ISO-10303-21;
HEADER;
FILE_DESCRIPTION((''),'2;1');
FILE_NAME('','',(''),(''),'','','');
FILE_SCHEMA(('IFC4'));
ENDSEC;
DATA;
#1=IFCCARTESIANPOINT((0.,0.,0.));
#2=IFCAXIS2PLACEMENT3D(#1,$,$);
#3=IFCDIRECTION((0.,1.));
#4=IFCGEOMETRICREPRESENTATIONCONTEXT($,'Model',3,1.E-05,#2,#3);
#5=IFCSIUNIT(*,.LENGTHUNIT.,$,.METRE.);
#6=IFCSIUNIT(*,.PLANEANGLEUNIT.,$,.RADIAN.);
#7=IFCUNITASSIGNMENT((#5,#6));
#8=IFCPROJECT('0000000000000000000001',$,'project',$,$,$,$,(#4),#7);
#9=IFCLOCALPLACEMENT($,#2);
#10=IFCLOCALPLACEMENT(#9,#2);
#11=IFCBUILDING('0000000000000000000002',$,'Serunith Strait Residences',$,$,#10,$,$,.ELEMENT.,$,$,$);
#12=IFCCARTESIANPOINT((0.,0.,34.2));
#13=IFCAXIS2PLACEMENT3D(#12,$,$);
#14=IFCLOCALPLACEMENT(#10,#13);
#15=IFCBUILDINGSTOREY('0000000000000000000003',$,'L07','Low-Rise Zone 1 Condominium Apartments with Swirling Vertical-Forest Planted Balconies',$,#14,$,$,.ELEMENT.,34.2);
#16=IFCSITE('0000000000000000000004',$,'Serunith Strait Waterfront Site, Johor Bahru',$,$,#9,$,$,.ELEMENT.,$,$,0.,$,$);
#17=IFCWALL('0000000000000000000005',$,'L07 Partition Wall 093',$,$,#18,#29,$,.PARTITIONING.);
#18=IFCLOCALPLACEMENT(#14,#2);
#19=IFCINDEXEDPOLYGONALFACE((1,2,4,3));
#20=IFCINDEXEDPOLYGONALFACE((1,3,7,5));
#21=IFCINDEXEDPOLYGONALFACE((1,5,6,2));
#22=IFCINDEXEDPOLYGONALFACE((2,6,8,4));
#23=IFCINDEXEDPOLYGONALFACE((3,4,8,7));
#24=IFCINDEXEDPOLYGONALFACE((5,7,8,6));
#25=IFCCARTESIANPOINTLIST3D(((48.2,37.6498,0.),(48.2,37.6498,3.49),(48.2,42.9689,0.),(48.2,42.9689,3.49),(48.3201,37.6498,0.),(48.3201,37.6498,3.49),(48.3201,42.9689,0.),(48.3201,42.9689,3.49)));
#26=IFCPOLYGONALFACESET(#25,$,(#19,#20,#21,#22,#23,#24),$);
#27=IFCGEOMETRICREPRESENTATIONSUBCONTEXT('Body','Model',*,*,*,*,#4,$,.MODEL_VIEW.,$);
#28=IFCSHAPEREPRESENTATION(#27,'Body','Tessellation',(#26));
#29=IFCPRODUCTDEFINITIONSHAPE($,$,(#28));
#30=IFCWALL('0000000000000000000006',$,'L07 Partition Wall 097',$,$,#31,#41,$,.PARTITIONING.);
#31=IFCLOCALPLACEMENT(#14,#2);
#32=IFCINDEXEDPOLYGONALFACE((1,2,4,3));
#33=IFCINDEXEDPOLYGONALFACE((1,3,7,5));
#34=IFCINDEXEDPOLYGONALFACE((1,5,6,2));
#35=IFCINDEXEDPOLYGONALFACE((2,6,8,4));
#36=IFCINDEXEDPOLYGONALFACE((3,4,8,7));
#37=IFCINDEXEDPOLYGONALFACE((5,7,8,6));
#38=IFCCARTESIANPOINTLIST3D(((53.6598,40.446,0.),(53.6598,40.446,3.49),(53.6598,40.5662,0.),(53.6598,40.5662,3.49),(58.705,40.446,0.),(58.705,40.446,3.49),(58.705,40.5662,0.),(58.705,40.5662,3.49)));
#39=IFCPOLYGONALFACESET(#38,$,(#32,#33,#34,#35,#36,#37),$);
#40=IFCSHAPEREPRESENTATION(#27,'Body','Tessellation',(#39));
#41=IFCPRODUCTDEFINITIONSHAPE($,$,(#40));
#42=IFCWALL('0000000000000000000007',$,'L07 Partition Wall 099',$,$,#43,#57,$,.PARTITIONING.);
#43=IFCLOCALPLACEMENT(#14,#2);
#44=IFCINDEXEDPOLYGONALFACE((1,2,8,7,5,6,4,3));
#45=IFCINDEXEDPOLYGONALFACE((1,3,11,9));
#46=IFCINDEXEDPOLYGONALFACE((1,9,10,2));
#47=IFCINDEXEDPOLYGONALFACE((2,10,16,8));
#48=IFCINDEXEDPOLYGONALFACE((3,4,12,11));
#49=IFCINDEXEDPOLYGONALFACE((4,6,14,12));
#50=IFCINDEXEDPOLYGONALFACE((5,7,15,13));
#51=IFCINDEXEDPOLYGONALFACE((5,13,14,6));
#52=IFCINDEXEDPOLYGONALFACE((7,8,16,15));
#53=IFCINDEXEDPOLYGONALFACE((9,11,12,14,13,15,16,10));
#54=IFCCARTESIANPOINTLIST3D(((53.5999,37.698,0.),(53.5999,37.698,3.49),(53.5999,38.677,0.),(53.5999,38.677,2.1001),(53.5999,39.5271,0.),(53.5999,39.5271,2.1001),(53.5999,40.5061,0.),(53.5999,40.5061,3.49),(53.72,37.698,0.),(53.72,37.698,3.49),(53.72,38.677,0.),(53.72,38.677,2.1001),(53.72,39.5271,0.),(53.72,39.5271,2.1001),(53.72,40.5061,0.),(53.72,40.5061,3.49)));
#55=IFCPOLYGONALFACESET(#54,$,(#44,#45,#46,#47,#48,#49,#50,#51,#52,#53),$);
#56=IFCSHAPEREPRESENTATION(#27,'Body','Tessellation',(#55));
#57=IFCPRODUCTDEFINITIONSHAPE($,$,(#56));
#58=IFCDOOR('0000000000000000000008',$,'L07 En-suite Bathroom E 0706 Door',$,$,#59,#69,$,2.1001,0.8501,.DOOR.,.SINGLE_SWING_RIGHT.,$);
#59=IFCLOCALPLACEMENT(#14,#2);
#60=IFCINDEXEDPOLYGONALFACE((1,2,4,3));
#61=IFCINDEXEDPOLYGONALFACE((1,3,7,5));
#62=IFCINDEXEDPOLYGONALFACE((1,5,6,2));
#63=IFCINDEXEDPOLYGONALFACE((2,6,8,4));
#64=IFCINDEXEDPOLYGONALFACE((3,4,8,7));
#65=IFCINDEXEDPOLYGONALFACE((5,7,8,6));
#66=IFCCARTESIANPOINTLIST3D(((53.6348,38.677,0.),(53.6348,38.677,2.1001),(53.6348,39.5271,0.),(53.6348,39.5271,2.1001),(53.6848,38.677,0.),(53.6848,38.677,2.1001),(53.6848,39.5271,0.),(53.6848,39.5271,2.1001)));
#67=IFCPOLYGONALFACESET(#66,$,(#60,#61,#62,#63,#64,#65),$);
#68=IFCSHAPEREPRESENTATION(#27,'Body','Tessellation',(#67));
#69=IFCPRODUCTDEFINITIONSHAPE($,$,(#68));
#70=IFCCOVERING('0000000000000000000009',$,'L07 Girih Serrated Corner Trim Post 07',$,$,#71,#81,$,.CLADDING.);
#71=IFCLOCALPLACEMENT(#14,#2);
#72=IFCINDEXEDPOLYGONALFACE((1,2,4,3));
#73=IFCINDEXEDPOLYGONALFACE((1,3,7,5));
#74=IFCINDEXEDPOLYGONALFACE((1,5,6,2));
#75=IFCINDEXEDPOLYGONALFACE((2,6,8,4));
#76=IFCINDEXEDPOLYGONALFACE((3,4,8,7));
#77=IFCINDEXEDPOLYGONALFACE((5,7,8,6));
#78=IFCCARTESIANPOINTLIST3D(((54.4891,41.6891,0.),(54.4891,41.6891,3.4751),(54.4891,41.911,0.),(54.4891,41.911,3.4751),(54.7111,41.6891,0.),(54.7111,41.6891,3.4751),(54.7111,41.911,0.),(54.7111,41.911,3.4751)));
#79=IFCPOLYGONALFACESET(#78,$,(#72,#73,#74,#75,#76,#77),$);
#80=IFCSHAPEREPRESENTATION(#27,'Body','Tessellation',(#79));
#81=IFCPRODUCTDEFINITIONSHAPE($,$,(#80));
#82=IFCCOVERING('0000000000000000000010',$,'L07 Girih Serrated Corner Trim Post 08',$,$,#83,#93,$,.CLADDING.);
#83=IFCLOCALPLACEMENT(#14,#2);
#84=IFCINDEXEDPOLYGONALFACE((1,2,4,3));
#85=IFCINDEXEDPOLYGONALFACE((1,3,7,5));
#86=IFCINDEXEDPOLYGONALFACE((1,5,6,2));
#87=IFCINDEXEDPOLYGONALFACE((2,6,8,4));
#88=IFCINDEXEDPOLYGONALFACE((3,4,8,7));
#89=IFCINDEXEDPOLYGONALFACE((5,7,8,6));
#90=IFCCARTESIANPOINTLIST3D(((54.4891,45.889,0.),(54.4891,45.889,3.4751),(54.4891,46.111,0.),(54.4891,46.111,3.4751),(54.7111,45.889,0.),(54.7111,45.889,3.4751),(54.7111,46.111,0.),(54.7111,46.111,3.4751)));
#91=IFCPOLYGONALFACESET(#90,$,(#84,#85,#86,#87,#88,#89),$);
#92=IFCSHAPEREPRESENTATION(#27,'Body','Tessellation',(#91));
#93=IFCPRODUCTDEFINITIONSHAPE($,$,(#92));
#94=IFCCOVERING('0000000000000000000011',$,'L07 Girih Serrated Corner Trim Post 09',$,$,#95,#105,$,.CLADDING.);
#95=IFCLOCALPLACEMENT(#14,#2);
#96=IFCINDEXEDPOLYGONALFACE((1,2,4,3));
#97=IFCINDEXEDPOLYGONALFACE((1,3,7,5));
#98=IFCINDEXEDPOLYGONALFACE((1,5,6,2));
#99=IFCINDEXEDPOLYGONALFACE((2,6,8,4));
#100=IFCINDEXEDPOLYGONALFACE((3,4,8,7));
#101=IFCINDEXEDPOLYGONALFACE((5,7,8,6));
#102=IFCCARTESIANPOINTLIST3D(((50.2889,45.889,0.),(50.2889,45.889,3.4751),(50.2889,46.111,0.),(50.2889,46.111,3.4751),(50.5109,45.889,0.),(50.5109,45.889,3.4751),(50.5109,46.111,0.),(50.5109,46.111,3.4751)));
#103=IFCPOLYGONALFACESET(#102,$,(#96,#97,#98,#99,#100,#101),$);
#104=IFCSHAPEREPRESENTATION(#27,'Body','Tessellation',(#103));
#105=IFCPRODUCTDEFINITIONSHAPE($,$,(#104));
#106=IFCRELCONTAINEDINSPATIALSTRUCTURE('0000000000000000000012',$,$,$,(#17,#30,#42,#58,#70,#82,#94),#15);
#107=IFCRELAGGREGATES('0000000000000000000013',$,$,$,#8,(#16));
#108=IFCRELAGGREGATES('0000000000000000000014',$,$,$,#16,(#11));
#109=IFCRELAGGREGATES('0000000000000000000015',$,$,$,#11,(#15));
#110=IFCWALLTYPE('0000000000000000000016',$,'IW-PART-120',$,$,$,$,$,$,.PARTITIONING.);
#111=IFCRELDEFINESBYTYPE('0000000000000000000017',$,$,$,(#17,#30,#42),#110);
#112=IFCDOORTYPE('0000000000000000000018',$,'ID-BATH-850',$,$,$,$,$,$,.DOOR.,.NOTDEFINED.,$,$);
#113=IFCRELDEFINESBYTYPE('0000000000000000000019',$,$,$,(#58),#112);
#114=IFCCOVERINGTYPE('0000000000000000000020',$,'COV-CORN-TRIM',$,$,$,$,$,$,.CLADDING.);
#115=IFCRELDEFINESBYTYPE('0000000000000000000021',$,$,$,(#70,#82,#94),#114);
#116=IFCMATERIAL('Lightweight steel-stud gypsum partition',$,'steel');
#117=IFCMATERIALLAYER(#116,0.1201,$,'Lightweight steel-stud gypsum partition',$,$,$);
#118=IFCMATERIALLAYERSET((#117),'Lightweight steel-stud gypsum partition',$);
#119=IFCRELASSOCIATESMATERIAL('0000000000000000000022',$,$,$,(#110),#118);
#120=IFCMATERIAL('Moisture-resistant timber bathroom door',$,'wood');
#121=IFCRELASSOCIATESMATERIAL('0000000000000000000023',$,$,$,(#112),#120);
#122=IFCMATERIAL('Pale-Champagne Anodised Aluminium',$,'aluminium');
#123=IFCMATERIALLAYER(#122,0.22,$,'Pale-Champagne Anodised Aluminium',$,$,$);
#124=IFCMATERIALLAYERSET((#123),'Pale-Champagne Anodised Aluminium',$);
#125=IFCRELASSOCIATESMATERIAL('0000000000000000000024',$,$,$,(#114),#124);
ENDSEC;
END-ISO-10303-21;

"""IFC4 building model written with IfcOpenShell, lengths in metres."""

from ifc_helpers import new_model, si_unit, direction, frame, frame_2d, origin, origin_2d, place, context, subcontext, project, spatial, rectangle, extrude, source, transform, mapped, material, layer, layer_set, type_object, element, fill, save


model = new_model("IFC4")

# Units and contexts
model_context = context("Model", 3, precision=1e-05, world=origin(), true_north=direction((0.0, 1.0)))
body_context = subcontext(model_context, "Body", "Model", "MODEL_VIEW")
ifc_project = project(units=[si_unit("LENGTHUNIT", "METRE"), si_unit("PLANEANGLEUNIT", "RADIAN")], contexts=[model_context])

# Site, building, storey
site_placement = place(None, origin())
site = spatial("IfcSite", under=ifc_project, at=site_placement, Name="Serunith Strait Waterfront Site, Johor Bahru", CompositionType="ELEMENT", RefElevation=0.0)
building_placement = place(site_placement, origin())
building = spatial("IfcBuilding", under=site, at=building_placement, Name="Serunith Strait Residences", CompositionType="ELEMENT")
storey_placement = place(building_placement, frame((0.0, 0.0, 34.2)))
storey = spatial("IfcBuildingStorey", under=building, at=storey_placement, Name="L07", Description="Low-Rise Zone 1 Condominium Apartments with Swirling Vertical-Forest Planted Balconies", CompositionType="ELEMENT", Elevation=34.2)

# Shared definitions
ifc_material_1 = material(Name="Pale-Champagne Anodised Aluminium", Category="aluminium")

# Shared definitions
ifc_material_2 = material(Name="Lightweight steel-stud gypsum partition", Category="steel")
ifc_layer_1 = layer(ifc_material_2, 0.1201, Name="Lightweight steel-stud gypsum partition")
ifc_layer_set_1 = layer_set([ifc_layer_1], Name="Lightweight steel-stud gypsum partition")
wall_type_1 = type_object("IfcWallType", Name="IW-PART-120", PredefinedType="PARTITIONING", material=ifc_layer_set_1)

# Walls
wall_1_placement = place(storey_placement, frame((48.26, 42.969, 0.0), z_axis=(0.0, 0.0, 1.0), x_axis=(0.0, -1.0, 0.0)))
element("IfcWall", 1, at=wall_1_placement, inside=storey, type_object=wall_type_1, Name="L07 Partition Wall 093", PredefinedType="PARTITIONING", context=body_context, shape_type="SweptSolid", body=[
    extrude(rectangle(XDim=5.3191, YDim=0.1201, at=frame_2d((2.6597, 0.0))), origin(), (0.0, 0.0, 1.0), 3.49),
])
wall_2_placement = place(storey_placement, frame((53.6599, 40.5061, 0.0), z_axis=(0.0, 0.0, 1.0), x_axis=(1.0, 0.0, 0.0)))
element("IfcWall", 2, at=wall_2_placement, inside=storey, type_object=wall_type_1, Name="L07 Partition Wall 097", PredefinedType="PARTITIONING", context=body_context, shape_type="SweptSolid", body=[
    extrude(rectangle(XDim=5.0452, YDim=0.1201, at=frame_2d((2.5225, 0.0))), origin(), (0.0, 0.0, 1.0), 3.49),
])

# Wall, opening, door
wall_3_placement = place(storey_placement, frame((53.6599, 40.5061, 0.0), z_axis=(0.0, 0.0, 1.0), x_axis=(0.0, -1.0, 0.0)))
wall_3 = element("IfcWall", 3, at=wall_3_placement, inside=storey, type_object=wall_type_1, Name="L07 Partition Wall 099", PredefinedType="PARTITIONING", context=body_context, shape_type="SweptSolid", body=[
    extrude(rectangle(XDim=2.8081, YDim=0.1201, at=frame_2d((1.4041, 0.0))), origin(), (0.0, 0.0, 1.0), 3.49),
])
opening_1_placement = place(wall_3_placement, frame((0.979, 0.0, 0.0)))
opening_1 = element("IfcOpeningElement", 4, at=opening_1_placement, cuts=wall_3, PredefinedType="OPENING", context=body_context, shape_type="SweptSolid", body=[
    extrude(rectangle(XDim=0.8501, YDim=2.1001, at=frame_2d((0.425, 1.05))), frame((0.0, 0.0701, 0.0), z_axis=(0.0, -1.0, 0.0), x_axis=(1.0, 0.0, 0.0)), (0.0, 0.0, 1.0), 0.1401),
])
ifc_material_3 = material(Name="Moisture-resistant timber bathroom door", Category="wood")
door_type_1 = type_object("IfcDoorType", Name="ID-BATH-850", OperationType="NOTDEFINED", PredefinedType="DOOR", material=ifc_material_3)
shared_shape_1 = source(origin(), body_context, "Body", "SweptSolid", [
    extrude(rectangle(XDim=0.8501, YDim=2.1001, at=frame_2d((0.425, 1.05))), frame((0.0, 0.0249, 0.0), z_axis=(0.0, -1.0, 0.0), x_axis=(1.0, 0.0, 0.0)), (0.0, 0.0, 1.0), 0.05),
])
door_1_placement = place(opening_1_placement, origin())
door_1 = element("IfcDoor", 5, at=door_1_placement, inside=storey, type_object=door_type_1, Name="L07 En-suite Bathroom E 0706 Door", OperationType="SINGLE_SWING_RIGHT", OverallHeight=2.1001, OverallWidth=0.8501, PredefinedType="DOOR", context=body_context, shape_type="MappedRepresentation", body=[
    mapped(shared_shape_1, transform((0.0, 0.0, 0.0), scale=1.0)),
])
fill(opening_1, door_1)

# Coverings
ifc_layer_2 = layer(ifc_material_1, 0.22, Name="Pale-Champagne Anodised Aluminium")
ifc_layer_set_2 = layer_set([ifc_layer_2], Name="Pale-Champagne Anodised Aluminium")
covering_type = type_object("IfcCoveringType", Name="COV-CORN-TRIM", PredefinedType="CLADDING", material=ifc_layer_set_2)
shared_shape_2 = source(origin(), body_context, "Body", "SweptSolid", [
    extrude(rectangle(XDim=0.2219, YDim=0.2219, at=origin_2d()), origin(), (0.0, 0.0, 1.0), 3.4751),
])
for number, where, z_axis, x_axis, name in (
    (6, (54.6001, 41.8, 0.0), (0.0, 0.0, 1.0), (1.0, 0.0, 0.0), "L07 Girih Serrated Corner Trim Post 07"),
    (7, (54.6001, 46.0, 0.0), (0.0, 0.0, 1.0), (1.0, 0.0, 0.0), "L07 Girih Serrated Corner Trim Post 08"),
    (8, (50.3999, 46.0, 0.0), (0.0, 0.0, 1.0), (1.0, 0.0, 0.0), "L07 Girih Serrated Corner Trim Post 09"),
):
    element("IfcCovering", number, at=place(storey_placement, frame(where, z_axis=z_axis, x_axis=x_axis)), inside=storey, type_object=covering_type, Name=name, PredefinedType="CLADDING", context=body_context, shape_type="MappedRepresentation", body=[
        mapped(shared_shape_2, transform((0.0, 0.0, 0.0), scale=1.0)),
    ])

save(model, "model.ifc")
